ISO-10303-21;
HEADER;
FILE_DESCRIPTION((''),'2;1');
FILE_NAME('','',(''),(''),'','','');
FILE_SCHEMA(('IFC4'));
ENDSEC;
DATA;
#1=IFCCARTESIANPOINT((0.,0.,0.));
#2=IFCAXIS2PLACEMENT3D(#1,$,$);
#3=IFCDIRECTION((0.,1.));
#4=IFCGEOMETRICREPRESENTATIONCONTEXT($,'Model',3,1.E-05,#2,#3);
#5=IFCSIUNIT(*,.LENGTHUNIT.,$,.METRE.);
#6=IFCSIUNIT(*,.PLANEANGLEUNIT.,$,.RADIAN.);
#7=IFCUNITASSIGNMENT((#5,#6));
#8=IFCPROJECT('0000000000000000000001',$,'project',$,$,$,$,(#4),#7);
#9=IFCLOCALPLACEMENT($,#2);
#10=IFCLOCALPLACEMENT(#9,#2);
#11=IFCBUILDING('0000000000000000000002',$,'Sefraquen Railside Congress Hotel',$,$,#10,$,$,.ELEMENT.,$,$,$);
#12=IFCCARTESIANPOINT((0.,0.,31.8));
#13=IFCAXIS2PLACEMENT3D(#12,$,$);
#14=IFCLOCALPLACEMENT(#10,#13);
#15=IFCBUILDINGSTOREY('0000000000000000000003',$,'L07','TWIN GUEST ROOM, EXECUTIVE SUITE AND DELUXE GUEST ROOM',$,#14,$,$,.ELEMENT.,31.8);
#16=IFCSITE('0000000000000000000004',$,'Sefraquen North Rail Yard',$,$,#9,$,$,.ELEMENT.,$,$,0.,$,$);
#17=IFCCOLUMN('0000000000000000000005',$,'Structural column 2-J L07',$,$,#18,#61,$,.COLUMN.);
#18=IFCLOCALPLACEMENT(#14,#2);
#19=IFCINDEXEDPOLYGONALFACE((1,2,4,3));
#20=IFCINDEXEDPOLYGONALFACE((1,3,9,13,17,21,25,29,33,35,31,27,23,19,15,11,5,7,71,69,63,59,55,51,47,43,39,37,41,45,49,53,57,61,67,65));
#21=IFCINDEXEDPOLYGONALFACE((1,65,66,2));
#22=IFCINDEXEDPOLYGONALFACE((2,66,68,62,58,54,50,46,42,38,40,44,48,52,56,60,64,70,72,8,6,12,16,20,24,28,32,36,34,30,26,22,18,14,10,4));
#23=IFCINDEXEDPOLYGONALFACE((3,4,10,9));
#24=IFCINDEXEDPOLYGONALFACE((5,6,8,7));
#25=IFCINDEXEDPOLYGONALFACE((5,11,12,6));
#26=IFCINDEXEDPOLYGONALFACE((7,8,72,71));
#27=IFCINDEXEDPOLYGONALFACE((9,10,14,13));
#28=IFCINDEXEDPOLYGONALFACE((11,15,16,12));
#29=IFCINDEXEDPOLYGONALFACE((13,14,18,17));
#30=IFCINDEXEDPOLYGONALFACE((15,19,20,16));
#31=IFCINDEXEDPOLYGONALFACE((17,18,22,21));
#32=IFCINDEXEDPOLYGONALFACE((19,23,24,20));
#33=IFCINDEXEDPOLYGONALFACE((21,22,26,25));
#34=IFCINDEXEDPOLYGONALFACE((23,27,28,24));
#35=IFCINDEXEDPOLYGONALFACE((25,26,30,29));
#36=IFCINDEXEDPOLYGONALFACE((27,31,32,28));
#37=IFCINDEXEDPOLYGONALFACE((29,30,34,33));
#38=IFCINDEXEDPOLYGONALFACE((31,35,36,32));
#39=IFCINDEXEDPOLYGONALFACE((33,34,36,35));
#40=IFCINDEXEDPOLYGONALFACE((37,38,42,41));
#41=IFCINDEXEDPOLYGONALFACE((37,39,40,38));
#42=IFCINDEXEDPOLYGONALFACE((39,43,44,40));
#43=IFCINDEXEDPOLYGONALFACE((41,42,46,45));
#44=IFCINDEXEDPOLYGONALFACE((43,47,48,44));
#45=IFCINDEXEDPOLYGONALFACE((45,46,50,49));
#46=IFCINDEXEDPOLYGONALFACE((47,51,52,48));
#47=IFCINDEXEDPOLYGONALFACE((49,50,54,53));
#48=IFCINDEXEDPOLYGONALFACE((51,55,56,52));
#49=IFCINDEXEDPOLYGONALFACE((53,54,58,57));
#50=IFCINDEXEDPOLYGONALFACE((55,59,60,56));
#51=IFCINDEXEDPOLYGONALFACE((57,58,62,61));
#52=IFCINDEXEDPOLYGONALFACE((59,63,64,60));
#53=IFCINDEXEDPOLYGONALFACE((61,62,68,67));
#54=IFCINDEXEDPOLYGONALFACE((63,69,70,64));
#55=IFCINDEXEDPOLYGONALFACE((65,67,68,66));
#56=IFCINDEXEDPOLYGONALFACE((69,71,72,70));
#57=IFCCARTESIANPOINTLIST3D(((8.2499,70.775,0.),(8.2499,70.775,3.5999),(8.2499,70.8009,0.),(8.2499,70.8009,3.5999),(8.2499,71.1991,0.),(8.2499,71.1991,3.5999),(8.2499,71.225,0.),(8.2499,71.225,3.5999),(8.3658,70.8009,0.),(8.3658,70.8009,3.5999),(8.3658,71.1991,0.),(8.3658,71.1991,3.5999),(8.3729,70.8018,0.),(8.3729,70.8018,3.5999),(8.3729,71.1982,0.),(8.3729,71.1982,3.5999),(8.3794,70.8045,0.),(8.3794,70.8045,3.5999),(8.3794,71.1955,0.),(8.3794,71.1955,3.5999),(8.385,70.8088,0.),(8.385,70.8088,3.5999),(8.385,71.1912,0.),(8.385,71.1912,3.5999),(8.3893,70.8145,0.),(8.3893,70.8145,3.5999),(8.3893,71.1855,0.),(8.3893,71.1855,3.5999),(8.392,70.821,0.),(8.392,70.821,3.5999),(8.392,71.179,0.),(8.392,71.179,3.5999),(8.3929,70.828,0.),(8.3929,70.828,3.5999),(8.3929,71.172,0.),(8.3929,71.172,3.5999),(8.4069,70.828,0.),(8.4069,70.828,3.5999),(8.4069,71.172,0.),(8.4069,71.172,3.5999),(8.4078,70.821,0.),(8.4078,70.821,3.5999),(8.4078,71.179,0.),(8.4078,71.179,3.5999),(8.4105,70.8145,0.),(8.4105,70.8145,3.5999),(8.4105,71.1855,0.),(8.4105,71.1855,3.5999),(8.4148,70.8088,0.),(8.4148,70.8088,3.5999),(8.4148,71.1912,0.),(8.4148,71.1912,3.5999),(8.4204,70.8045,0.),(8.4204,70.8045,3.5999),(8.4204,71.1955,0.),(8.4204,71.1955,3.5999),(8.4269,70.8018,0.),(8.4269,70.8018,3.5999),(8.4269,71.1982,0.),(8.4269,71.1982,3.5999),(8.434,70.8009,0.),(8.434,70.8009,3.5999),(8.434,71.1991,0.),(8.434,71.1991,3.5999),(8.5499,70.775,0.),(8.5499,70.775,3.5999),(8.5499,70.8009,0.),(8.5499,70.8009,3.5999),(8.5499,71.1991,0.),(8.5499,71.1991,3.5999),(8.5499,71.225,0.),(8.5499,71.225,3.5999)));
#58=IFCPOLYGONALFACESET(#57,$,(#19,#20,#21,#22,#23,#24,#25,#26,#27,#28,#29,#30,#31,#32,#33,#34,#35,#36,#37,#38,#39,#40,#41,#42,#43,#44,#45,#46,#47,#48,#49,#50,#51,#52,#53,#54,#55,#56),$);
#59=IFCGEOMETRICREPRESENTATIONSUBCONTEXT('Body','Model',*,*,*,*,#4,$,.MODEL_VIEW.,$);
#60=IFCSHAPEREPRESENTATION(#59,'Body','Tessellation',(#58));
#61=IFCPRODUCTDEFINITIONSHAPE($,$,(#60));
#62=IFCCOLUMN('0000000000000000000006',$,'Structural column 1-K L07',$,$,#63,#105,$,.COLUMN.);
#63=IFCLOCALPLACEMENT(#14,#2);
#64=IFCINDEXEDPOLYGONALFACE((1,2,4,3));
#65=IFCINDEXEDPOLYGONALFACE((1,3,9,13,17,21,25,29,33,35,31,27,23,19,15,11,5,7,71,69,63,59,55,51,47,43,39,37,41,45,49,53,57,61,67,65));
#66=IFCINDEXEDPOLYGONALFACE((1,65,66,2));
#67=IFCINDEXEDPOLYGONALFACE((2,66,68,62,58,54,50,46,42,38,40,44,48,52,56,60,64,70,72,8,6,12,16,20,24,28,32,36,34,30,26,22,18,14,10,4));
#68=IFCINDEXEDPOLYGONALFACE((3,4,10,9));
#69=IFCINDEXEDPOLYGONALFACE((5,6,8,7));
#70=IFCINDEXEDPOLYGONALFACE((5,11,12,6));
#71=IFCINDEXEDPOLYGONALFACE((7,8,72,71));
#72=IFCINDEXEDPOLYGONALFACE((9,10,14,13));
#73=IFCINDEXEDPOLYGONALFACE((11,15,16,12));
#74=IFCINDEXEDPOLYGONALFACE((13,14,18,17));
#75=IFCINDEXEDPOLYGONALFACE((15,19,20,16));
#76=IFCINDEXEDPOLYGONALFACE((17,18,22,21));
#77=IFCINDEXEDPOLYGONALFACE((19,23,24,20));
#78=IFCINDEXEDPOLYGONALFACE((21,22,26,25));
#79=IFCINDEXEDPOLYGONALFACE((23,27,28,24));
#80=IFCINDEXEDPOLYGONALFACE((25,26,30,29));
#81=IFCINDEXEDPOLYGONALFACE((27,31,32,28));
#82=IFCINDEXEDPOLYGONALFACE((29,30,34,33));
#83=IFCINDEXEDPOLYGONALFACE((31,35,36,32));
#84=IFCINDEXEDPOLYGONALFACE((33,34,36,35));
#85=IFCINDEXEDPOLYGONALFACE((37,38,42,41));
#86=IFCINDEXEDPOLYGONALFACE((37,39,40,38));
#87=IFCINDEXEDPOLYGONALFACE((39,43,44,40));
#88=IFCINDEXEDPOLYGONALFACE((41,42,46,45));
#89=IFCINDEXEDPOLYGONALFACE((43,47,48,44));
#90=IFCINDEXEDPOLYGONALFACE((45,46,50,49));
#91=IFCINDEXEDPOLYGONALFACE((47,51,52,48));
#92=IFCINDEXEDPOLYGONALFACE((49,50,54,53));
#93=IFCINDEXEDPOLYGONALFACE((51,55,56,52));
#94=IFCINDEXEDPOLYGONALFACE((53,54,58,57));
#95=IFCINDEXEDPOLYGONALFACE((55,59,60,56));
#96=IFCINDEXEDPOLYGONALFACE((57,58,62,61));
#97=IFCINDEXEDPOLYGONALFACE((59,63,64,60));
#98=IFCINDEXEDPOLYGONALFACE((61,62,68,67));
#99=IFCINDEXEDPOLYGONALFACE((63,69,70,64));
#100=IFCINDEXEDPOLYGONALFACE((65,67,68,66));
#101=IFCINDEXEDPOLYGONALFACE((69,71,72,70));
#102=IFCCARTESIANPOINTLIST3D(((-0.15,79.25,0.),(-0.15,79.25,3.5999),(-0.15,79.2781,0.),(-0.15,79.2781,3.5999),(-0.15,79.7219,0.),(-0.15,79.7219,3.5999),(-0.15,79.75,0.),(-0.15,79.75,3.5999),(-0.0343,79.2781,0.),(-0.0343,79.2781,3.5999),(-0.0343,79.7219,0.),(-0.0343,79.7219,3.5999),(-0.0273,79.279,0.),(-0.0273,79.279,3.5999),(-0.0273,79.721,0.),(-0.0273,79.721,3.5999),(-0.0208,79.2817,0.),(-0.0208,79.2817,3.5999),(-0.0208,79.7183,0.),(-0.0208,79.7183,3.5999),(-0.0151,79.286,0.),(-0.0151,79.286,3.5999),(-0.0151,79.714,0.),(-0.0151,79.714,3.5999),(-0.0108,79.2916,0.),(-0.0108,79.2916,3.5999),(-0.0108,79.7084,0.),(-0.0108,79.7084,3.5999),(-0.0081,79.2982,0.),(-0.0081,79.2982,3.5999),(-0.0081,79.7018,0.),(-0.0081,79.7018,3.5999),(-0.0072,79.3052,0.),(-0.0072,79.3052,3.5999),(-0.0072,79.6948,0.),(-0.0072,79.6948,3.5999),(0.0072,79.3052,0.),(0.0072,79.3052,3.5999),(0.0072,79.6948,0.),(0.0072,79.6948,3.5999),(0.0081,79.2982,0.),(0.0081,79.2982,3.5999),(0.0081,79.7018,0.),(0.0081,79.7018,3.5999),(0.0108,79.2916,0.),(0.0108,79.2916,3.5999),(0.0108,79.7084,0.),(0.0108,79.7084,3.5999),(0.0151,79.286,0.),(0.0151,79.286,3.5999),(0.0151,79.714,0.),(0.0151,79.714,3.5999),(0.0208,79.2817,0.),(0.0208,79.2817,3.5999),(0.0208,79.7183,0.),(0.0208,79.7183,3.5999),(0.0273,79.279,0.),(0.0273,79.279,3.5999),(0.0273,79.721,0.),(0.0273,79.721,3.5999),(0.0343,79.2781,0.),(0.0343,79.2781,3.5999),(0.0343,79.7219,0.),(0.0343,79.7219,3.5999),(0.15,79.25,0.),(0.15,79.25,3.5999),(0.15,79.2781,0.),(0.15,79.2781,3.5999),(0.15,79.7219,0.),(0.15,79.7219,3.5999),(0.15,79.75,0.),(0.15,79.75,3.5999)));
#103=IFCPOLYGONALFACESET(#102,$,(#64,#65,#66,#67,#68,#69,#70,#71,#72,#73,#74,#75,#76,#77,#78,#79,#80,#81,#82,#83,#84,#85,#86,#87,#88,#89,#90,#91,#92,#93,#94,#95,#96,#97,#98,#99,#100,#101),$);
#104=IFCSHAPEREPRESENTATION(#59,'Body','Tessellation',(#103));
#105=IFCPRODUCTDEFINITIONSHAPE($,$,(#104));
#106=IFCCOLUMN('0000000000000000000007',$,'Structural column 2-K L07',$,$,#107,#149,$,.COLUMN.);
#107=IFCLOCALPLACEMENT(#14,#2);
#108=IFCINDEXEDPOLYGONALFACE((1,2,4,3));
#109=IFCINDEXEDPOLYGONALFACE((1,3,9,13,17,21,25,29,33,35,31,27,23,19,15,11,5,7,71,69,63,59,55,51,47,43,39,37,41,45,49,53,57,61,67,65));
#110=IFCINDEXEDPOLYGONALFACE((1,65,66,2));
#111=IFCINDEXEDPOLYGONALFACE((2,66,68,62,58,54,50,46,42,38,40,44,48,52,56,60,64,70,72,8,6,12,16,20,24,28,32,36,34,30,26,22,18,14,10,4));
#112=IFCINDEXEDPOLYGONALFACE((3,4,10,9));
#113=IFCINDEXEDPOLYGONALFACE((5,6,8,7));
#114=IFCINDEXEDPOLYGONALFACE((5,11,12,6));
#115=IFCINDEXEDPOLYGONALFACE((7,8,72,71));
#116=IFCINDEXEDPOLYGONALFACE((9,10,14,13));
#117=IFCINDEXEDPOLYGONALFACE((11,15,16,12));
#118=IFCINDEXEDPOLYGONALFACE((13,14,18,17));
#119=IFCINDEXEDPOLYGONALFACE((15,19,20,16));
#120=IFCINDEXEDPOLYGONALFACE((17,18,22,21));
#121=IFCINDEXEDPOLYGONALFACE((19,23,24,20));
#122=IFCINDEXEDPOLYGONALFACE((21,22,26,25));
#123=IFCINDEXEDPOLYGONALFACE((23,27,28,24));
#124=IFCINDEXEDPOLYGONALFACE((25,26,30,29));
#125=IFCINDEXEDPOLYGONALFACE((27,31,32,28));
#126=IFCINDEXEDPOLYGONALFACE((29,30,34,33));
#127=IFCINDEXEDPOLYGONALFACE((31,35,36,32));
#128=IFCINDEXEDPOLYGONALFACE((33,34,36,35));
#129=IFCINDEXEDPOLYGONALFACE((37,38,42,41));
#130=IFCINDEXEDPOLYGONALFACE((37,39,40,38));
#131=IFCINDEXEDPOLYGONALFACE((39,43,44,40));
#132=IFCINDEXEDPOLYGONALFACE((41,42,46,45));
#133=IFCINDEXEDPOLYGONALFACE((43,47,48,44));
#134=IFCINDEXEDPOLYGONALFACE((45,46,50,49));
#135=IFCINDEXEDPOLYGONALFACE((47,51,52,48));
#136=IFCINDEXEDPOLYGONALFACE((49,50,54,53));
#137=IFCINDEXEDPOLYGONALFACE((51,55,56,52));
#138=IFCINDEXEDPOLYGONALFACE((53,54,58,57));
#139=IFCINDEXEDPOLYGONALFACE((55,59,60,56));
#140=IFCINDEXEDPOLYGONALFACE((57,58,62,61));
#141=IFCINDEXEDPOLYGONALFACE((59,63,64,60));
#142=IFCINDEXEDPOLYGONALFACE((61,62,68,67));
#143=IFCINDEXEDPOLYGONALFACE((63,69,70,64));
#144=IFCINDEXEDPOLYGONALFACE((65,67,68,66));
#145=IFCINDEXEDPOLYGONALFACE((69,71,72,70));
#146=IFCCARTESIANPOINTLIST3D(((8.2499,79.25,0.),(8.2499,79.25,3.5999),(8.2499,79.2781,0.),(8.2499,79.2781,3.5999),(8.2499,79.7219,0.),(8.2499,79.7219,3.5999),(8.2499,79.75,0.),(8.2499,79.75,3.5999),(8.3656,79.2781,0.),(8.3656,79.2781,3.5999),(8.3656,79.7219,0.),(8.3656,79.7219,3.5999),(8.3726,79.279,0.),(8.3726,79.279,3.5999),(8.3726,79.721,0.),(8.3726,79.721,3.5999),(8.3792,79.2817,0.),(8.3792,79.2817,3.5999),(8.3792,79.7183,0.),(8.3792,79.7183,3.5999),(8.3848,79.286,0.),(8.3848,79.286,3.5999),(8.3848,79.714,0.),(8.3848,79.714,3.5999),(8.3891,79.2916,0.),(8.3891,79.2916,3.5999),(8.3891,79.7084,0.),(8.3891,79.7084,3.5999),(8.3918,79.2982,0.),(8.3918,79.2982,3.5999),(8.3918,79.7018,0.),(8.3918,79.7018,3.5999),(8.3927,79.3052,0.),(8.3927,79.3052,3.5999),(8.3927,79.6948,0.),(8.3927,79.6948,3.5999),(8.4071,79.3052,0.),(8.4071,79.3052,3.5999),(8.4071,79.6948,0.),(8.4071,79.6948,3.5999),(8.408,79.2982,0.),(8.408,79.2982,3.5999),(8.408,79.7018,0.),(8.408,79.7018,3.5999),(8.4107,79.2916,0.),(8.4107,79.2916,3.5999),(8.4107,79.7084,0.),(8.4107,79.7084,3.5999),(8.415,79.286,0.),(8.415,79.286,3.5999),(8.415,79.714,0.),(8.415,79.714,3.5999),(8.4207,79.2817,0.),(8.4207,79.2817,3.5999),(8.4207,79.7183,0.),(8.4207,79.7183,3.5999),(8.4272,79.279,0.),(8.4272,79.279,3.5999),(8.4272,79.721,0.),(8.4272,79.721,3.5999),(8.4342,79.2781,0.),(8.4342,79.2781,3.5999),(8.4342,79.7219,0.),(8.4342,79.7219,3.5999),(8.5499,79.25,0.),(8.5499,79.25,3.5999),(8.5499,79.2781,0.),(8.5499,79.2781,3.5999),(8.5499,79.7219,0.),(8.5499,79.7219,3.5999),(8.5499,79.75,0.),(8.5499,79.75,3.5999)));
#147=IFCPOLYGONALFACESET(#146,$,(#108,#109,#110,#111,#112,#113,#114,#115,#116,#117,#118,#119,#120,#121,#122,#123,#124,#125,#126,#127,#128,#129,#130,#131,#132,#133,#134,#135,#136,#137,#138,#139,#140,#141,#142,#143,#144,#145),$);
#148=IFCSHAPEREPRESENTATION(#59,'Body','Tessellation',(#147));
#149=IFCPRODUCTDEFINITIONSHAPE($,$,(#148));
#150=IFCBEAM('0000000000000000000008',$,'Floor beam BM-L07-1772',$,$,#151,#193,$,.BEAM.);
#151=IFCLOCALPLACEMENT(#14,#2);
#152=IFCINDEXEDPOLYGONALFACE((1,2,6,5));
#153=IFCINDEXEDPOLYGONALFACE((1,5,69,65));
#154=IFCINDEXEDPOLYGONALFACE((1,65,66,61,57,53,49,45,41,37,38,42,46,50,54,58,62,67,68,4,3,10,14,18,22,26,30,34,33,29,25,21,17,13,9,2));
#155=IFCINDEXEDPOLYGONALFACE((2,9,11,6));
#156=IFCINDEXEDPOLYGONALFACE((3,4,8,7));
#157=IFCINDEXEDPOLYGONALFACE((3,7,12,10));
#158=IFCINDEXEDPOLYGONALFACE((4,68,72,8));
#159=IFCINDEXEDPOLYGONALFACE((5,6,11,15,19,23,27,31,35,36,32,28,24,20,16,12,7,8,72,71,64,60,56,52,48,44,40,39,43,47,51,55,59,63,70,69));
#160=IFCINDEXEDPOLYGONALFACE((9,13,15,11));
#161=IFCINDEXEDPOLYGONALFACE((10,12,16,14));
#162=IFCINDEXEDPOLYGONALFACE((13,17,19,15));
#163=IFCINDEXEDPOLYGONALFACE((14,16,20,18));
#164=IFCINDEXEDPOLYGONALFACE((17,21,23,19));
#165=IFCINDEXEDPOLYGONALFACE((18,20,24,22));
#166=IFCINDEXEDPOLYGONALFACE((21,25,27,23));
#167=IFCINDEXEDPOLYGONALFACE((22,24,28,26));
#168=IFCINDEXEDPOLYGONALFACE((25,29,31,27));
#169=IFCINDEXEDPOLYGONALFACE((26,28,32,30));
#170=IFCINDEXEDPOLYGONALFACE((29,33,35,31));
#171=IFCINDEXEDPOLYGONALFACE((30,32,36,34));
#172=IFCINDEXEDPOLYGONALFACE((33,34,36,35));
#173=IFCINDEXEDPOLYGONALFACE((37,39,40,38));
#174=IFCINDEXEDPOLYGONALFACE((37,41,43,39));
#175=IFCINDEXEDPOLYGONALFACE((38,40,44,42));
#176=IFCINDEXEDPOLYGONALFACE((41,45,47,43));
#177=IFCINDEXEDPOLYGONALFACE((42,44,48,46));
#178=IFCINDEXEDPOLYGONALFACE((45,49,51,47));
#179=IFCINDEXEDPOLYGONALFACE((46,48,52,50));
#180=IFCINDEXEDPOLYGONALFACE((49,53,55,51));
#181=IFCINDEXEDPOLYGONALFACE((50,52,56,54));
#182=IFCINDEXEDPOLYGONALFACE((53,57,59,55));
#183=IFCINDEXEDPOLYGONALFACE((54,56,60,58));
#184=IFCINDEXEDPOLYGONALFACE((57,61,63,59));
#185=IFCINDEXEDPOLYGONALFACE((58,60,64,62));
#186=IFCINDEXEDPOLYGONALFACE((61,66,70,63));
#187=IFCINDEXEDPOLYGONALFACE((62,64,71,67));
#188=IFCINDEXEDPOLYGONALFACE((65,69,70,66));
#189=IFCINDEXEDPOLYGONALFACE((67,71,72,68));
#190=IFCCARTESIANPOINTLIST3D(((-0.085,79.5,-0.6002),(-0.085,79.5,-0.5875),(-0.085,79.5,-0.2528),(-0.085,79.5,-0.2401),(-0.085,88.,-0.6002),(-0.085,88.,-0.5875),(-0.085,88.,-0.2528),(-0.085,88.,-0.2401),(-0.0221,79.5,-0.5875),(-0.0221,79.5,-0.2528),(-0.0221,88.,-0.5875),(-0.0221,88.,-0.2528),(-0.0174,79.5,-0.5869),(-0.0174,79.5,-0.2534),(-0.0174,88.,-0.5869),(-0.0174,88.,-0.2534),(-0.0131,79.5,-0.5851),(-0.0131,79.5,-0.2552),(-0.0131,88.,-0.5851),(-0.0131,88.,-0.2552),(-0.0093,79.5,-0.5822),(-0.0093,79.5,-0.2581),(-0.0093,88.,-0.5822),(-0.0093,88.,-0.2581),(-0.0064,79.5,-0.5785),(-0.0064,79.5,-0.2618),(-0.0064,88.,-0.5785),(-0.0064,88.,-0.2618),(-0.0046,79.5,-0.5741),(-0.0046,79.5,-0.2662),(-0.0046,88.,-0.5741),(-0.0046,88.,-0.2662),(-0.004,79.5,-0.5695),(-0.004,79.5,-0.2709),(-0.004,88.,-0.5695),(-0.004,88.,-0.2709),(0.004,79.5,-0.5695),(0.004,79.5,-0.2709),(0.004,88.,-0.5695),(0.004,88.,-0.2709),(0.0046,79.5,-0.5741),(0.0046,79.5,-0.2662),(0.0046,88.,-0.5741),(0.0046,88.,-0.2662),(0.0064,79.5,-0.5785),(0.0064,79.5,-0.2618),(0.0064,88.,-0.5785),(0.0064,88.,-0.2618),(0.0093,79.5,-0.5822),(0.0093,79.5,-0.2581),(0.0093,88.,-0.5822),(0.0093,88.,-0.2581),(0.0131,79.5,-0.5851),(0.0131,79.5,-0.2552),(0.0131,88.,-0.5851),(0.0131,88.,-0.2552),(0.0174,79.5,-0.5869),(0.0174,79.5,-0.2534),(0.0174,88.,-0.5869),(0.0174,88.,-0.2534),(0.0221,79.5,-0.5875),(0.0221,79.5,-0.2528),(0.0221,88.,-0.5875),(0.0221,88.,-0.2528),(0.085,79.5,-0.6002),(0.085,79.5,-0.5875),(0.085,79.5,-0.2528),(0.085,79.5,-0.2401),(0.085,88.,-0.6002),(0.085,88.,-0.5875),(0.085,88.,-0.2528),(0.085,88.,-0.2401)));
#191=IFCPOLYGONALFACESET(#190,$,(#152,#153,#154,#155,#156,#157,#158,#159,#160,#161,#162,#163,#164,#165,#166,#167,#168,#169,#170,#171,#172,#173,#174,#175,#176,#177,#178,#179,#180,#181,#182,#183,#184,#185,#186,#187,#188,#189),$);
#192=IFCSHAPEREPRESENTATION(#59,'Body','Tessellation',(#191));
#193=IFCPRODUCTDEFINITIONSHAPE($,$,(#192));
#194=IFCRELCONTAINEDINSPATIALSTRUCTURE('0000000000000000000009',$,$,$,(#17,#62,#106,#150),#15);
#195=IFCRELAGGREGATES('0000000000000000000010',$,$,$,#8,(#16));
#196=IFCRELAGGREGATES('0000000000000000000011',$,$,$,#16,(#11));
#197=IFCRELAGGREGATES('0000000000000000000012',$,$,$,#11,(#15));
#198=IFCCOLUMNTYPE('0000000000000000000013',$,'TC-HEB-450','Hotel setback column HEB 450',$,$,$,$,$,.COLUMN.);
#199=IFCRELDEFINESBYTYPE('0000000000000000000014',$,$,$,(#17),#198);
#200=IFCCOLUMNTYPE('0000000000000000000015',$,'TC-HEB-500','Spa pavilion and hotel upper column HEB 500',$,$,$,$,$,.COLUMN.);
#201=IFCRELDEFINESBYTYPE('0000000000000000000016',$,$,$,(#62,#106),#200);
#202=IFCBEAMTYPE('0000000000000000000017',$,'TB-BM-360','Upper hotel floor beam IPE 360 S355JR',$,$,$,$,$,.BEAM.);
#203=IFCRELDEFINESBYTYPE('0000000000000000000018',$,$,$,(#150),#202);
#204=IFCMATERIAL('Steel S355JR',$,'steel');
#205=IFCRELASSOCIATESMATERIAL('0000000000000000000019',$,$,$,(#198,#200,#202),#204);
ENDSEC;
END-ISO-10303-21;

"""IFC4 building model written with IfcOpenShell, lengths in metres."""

from ifc_helpers import new_model, si_unit, direction, frame, origin, origin_2d, place, context, subcontext, project, spatial, i_section, extrude, material, material_profile, profile_set, type_object, element, save


model = new_model("IFC4")

# Units and contexts
model_context = context("Model", 3, precision=1e-05, world=origin(), true_north=direction((0.0, 1.0)))
body_context = subcontext(model_context, "Body", "Model", "MODEL_VIEW")
ifc_project = project(units=[si_unit("LENGTHUNIT", "METRE"), si_unit("PLANEANGLEUNIT", "RADIAN")], contexts=[model_context])

# Site, building, storey
site_placement = place(None, origin())
site = spatial("IfcSite", under=ifc_project, at=site_placement, Name="Sefraquen North Rail Yard", CompositionType="ELEMENT", RefElevation=0.0)
building_placement = place(site_placement, origin())
building = spatial("IfcBuilding", under=site, at=building_placement, Name="Sefraquen Railside Congress Hotel", CompositionType="ELEMENT")
storey_placement = place(building_placement, frame((0.0, 0.0, 31.8)))
storey = spatial("IfcBuildingStorey", under=building, at=storey_placement, Name="L07", Description="TWIN GUEST ROOM, EXECUTIVE SUITE AND DELUXE GUEST ROOM", CompositionType="ELEMENT", Elevation=31.8)

# Columns
ifc_material_1 = material(Name="Steel S355JR", Category="steel")
ifc_material_profile_1 = material_profile(ifc_material_1, i_section(OverallWidth=0.3, OverallDepth=0.45, WebThickness=0.0139, FlangeThickness=0.0259, FilletRadius=0.0271, at=origin_2d()), Name="HEB 450")
ifc_profile_set_1 = profile_set([ifc_material_profile_1], Name="Steel S355JR")
column_type_1 = type_object("IfcColumnType", Name="TC-HEB-450", Description="Hotel setback column HEB 450", PredefinedType="COLUMN", material=ifc_profile_set_1)
column_placement = place(storey_placement, frame((8.3999, 71.0, 0.0), z_axis=(0.0, 0.0, 1.0), x_axis=(1.0, 0.0, 0.0)))
element("IfcColumn", 1, at=column_placement, inside=storey, type_object=column_type_1, Name="Structural column 2-J L07", PredefinedType="COLUMN", context=body_context, shape_type="SweptSolid", body=[
    extrude(i_section(OverallWidth=0.3, OverallDepth=0.45, WebThickness=0.0139, FlangeThickness=0.0259, FilletRadius=0.0271, at=origin_2d()), origin(), (0.0, 0.0, 1.0), 3.5999),
])
ifc_material_profile_2 = material_profile(ifc_material_1, i_section(OverallWidth=0.3, OverallDepth=0.5, WebThickness=0.0144, FlangeThickness=0.0281, FilletRadius=0.0271, at=origin_2d()), Name="HEB 500")
ifc_profile_set_2 = profile_set([ifc_material_profile_2], Name="Steel S355JR")
column_type_2 = type_object("IfcColumnType", Name="TC-HEB-500", Description="Spa pavilion and hotel upper column HEB 500", PredefinedType="COLUMN", material=ifc_profile_set_2)
for number, where, z_axis, x_axis, name in (
    (2, (0.0, 79.5, 0.0), (0.0, 0.0, 1.0), (1.0, 0.0, 0.0), "Structural column 1-K L07"),
    (3, (8.3999, 79.5, 0.0), (0.0, 0.0, 1.0), (1.0, 0.0, 0.0), "Structural column 2-K L07"),
):
    element("IfcColumn", number, at=place(storey_placement, frame(where, z_axis=z_axis, x_axis=x_axis)), inside=storey, type_object=column_type_2, Name=name, PredefinedType="COLUMN", context=body_context, shape_type="SweptSolid", body=[
        extrude(i_section(OverallWidth=0.3, OverallDepth=0.5, WebThickness=0.0144, FlangeThickness=0.0281, FilletRadius=0.0271, at=origin_2d()), origin(), (0.0, 0.0, 1.0), 3.5999),
    ])

# Beam
ifc_material_profile_3 = material_profile(ifc_material_1, i_section(OverallWidth=0.1699, OverallDepth=0.3601, WebThickness=0.0081, FlangeThickness=0.0127, FilletRadius=0.0181, at=origin_2d()), Name="IPE 360")
ifc_profile_set_3 = profile_set([ifc_material_profile_3], Name="Steel S355JR")
beam_type_1 = type_object("IfcBeamType", Name="TB-BM-360", Description="Upper hotel floor beam IPE 360 S355JR", PredefinedType="BEAM", material=ifc_profile_set_3)
for number, where, z_axis, x_axis, name in (
    (4, (0.0, 79.5, -0.4202), (0.0, 1.0, 0.0), (-1.0, 0.0, 0.0), "Floor beam BM-L07-1772"),
):
    element("IfcBeam", number, at=place(storey_placement, frame(where, z_axis=z_axis, x_axis=x_axis)), inside=storey, type_object=beam_type_1, Name=name, PredefinedType="BEAM", context=body_context, shape_type="SweptSolid", body=[
        extrude(i_section(OverallWidth=0.1699, OverallDepth=0.3601, WebThickness=0.0081, FlangeThickness=0.0127, FilletRadius=0.0181, at=origin_2d()), origin(), (0.0, 0.0, 1.0), 8.5),
    ])

save(model, "model.ifc")
